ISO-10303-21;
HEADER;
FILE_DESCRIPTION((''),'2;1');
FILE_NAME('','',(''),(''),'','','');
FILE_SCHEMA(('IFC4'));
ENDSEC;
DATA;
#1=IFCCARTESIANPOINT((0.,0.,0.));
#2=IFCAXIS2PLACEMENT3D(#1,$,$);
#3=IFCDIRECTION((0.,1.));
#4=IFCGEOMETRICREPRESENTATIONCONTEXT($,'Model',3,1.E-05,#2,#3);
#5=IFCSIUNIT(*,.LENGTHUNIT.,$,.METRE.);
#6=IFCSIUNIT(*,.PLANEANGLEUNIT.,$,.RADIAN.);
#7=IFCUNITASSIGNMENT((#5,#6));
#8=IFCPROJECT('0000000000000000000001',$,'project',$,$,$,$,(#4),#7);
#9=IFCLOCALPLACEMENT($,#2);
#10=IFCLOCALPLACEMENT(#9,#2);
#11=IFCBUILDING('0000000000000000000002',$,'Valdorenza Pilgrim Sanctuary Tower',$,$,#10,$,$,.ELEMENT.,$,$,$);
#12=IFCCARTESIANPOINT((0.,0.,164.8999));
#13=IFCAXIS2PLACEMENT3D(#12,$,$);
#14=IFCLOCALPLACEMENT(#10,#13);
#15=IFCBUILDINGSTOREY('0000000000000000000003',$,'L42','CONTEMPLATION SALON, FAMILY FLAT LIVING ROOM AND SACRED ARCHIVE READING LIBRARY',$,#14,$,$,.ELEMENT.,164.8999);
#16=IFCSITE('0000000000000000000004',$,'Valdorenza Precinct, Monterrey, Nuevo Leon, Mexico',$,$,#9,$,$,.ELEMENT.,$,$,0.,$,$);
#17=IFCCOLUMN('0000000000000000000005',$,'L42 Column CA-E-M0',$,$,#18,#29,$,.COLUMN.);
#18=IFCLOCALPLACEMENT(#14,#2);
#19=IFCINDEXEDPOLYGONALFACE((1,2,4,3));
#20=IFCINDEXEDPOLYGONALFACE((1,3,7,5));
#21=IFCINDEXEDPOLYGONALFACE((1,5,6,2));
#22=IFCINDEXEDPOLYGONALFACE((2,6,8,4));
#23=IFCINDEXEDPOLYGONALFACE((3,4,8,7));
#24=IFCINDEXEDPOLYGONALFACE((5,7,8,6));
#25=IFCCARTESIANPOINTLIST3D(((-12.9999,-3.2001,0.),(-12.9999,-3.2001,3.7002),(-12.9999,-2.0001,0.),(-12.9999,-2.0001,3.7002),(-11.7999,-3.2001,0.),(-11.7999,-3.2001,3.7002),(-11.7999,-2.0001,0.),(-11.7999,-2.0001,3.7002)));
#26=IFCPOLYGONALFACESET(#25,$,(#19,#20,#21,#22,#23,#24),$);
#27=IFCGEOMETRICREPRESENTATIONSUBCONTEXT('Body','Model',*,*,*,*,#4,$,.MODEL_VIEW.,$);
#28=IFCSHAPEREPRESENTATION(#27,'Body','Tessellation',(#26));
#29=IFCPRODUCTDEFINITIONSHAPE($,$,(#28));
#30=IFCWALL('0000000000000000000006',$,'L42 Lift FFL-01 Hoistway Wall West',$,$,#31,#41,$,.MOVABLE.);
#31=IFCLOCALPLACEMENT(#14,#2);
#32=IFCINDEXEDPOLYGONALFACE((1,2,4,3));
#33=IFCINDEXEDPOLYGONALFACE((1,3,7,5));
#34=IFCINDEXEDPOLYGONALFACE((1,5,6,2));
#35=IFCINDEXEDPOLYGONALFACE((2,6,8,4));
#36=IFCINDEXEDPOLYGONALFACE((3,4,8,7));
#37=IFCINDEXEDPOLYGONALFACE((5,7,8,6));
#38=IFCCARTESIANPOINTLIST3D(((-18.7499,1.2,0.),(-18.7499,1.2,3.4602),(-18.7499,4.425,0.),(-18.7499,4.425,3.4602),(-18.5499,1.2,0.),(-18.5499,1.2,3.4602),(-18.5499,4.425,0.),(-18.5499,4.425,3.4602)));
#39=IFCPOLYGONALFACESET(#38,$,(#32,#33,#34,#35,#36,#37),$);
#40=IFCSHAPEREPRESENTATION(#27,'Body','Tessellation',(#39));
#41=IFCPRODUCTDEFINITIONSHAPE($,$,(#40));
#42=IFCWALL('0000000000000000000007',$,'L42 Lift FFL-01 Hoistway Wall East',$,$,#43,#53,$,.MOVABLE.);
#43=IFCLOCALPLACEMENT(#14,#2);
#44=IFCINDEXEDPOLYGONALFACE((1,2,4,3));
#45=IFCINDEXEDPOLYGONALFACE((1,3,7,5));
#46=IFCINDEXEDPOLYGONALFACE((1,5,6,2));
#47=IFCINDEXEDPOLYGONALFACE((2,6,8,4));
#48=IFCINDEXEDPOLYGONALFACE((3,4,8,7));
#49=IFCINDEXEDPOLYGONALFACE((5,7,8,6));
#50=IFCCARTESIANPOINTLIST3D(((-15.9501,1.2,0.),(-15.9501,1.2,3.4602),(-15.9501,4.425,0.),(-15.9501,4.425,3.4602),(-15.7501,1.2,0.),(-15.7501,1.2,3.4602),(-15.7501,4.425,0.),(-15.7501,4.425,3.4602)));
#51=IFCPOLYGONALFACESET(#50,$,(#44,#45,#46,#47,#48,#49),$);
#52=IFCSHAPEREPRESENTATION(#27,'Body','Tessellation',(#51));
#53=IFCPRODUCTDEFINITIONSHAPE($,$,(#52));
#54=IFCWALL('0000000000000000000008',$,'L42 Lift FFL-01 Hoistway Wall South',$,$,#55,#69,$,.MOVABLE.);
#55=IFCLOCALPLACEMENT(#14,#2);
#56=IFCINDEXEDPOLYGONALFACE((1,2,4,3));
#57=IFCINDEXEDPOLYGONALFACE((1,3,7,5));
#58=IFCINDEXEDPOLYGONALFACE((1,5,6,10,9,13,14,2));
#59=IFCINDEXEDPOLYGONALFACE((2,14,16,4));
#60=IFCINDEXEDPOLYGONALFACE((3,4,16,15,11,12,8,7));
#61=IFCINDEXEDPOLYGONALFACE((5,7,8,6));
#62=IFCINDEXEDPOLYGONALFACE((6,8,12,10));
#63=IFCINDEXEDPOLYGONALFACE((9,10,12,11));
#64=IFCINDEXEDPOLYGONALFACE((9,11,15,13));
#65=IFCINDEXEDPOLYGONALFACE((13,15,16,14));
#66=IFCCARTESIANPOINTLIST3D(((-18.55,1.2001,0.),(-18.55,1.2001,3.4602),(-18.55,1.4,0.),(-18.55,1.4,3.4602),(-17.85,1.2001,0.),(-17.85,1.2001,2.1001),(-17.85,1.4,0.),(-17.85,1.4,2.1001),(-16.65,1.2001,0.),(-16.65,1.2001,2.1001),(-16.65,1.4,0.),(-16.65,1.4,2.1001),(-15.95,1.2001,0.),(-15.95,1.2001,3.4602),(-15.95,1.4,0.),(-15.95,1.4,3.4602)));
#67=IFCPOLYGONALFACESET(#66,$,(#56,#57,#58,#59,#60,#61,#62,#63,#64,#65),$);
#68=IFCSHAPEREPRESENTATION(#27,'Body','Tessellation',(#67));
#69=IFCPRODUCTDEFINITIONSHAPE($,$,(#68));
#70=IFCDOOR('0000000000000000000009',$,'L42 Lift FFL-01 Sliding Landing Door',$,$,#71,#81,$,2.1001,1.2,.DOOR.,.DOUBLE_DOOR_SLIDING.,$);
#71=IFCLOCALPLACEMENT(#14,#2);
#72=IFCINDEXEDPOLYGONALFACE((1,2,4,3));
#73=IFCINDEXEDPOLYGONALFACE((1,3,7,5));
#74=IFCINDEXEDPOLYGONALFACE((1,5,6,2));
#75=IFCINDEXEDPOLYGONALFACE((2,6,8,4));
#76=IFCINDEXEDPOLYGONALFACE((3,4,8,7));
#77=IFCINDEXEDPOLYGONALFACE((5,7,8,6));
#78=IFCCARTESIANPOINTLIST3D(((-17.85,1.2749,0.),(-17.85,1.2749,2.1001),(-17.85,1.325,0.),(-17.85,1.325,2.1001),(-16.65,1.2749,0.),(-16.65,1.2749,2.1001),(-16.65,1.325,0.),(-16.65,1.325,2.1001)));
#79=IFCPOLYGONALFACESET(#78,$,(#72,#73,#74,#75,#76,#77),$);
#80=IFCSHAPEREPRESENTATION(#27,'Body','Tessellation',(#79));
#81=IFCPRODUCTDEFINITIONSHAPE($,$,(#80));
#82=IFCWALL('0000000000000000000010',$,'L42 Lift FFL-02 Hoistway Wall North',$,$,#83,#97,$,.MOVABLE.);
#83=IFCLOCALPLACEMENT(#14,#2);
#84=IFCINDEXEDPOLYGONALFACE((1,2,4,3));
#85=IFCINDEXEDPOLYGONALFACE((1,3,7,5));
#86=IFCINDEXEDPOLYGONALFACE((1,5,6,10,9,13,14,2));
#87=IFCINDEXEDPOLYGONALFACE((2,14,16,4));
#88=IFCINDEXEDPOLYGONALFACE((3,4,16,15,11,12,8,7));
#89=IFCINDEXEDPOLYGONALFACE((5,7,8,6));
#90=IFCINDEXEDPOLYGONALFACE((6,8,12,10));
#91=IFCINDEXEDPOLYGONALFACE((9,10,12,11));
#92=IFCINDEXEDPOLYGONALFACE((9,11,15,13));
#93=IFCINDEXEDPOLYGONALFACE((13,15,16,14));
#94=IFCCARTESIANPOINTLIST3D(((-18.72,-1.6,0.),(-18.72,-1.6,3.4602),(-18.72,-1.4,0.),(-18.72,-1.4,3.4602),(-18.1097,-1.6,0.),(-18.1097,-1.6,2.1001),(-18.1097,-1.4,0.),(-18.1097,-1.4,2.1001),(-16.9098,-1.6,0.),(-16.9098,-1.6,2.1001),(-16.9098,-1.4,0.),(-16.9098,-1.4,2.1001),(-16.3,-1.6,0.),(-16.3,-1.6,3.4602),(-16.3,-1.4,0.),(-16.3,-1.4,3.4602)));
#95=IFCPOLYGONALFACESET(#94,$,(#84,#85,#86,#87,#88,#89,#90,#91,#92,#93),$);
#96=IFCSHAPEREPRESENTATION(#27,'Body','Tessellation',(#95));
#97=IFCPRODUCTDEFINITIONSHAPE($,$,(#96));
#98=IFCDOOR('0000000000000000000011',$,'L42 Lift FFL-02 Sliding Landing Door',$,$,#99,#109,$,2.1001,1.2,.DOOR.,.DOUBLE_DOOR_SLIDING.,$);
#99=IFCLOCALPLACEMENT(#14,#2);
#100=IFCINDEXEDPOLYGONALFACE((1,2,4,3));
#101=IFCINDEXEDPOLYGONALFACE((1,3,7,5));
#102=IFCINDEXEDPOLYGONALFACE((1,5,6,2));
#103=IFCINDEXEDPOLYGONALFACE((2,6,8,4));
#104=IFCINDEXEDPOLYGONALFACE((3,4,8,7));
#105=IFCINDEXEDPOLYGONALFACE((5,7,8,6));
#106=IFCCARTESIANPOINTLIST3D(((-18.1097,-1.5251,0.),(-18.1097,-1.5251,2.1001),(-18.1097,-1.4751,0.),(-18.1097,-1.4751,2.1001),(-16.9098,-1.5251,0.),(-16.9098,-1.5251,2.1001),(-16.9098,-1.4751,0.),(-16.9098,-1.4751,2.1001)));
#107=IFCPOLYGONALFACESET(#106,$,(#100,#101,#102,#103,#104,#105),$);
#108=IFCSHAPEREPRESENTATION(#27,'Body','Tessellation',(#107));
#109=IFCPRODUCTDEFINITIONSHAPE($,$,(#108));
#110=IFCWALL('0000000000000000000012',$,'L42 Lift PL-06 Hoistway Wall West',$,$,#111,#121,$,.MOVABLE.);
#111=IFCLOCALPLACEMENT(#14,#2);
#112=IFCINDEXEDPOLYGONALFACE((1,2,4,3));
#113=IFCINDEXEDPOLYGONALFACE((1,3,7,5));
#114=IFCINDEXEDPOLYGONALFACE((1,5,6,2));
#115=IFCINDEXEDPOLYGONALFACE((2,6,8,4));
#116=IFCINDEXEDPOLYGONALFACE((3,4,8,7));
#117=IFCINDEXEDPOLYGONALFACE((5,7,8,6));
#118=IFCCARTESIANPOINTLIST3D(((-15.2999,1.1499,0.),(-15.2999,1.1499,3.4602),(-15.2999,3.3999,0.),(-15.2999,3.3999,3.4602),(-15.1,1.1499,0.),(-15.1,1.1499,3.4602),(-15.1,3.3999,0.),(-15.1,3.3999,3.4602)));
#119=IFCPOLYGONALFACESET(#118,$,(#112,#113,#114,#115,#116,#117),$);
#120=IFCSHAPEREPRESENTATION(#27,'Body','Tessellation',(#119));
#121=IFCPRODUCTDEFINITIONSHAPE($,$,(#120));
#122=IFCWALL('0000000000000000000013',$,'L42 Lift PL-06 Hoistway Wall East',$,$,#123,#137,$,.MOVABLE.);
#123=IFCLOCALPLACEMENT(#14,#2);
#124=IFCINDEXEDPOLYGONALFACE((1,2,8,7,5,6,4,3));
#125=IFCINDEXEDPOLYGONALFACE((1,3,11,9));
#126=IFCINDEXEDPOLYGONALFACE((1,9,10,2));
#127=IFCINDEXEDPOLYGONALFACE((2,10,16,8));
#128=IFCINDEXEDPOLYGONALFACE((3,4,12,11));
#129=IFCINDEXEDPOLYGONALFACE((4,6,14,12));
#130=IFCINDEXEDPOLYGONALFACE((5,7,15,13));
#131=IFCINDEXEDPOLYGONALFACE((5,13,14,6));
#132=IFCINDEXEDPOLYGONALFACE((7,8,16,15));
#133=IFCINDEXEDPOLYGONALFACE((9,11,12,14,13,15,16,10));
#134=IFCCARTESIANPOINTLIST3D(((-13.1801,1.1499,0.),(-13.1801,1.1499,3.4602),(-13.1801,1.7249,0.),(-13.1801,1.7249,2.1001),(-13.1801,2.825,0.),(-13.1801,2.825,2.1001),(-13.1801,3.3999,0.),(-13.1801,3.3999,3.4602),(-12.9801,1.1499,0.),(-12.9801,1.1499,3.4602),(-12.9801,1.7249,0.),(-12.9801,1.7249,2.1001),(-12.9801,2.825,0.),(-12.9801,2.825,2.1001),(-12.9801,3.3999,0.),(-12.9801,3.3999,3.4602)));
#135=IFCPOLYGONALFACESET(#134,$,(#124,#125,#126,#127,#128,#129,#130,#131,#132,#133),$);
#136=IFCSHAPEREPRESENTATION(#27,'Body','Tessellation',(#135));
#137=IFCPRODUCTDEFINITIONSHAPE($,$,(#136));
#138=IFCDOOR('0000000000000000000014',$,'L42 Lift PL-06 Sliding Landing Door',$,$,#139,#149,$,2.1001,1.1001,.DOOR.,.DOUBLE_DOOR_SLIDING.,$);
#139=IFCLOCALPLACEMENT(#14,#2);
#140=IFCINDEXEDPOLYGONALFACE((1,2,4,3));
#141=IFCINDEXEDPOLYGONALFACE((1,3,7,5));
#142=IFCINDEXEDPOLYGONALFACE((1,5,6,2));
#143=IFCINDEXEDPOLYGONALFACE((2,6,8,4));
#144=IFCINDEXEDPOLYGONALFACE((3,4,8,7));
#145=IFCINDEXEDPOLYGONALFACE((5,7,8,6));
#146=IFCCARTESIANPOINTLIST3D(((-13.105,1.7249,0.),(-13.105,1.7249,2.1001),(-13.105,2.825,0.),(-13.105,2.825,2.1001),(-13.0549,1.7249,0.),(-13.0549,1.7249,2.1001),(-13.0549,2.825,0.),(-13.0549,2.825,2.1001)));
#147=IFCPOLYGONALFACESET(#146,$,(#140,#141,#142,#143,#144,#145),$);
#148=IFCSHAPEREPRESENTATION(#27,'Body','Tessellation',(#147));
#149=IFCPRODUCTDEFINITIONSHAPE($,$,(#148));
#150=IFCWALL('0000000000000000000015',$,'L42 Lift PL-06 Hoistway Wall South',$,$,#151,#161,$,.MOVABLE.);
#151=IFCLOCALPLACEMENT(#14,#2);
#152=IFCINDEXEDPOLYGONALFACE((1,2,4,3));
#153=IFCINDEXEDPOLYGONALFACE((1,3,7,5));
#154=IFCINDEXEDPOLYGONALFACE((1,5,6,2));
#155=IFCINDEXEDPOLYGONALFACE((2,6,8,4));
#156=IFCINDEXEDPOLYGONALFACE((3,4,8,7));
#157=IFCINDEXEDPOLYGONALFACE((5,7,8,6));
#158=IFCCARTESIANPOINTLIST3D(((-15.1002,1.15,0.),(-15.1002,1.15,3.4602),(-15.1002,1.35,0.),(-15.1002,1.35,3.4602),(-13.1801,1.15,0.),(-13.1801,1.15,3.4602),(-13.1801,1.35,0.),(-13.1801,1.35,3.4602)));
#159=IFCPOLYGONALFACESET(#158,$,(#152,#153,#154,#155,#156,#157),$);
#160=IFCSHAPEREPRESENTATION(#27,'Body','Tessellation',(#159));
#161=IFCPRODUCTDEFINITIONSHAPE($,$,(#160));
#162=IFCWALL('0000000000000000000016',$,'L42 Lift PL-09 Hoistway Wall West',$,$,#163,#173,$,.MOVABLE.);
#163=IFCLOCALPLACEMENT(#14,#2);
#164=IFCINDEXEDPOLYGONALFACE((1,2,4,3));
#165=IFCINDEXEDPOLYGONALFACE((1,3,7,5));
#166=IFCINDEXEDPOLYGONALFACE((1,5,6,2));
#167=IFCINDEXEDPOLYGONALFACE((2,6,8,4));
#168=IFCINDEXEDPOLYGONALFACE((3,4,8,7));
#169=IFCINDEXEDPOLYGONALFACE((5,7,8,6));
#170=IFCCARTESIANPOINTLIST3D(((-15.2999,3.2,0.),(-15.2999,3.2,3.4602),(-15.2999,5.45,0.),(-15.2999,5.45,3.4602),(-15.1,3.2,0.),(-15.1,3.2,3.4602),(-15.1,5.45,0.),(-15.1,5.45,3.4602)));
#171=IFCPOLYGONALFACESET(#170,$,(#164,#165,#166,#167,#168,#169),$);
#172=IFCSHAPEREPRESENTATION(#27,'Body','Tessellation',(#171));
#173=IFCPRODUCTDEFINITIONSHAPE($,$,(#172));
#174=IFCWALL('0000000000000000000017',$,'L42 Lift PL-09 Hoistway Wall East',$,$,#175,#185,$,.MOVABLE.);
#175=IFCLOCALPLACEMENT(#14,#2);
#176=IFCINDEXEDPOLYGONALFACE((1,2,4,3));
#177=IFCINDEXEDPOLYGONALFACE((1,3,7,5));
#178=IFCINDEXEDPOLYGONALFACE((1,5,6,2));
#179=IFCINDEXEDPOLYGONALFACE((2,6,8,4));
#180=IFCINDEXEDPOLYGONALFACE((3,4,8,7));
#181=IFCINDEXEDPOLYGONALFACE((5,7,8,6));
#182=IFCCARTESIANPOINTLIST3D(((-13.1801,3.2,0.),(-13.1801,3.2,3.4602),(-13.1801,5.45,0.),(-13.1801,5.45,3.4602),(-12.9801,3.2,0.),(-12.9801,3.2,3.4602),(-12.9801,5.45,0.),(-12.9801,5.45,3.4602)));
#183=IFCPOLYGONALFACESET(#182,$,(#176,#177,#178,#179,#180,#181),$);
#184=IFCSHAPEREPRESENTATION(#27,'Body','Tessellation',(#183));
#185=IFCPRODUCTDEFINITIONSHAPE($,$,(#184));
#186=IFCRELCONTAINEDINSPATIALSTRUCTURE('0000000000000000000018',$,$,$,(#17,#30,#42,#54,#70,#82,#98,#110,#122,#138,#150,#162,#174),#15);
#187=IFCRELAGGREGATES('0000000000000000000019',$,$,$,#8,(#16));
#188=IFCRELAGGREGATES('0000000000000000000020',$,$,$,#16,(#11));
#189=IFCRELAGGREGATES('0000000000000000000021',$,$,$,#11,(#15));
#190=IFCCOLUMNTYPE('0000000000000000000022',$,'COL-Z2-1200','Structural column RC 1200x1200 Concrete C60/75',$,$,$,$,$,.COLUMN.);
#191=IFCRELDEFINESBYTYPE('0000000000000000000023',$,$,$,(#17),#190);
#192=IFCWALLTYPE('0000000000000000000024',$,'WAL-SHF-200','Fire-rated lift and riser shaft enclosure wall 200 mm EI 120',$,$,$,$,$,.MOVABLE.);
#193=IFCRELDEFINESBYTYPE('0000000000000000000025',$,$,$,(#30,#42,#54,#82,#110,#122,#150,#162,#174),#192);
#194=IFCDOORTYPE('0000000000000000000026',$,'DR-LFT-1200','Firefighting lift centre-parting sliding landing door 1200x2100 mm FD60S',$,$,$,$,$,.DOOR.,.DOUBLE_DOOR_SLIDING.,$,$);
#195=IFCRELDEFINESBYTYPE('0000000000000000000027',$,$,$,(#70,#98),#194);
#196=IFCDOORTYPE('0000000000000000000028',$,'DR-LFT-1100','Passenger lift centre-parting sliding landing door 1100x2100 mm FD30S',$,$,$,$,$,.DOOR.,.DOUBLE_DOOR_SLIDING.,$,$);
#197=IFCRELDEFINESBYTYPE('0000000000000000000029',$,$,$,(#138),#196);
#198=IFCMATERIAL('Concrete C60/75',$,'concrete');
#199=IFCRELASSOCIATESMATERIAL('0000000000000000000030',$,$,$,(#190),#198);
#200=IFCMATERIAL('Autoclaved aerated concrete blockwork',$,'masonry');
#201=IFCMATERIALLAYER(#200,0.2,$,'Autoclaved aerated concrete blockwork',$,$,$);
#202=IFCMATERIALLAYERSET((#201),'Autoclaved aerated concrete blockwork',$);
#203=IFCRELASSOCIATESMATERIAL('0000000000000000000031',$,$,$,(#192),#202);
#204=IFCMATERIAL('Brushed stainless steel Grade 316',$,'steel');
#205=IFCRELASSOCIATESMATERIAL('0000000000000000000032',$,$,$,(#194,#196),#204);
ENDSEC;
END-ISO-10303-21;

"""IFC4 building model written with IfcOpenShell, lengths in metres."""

from ifc_helpers import new_model, si_unit, direction, frame, frame_2d, origin, origin_2d, place, context, subcontext, project, spatial, rectangle, extrude, source, transform, mapped, material, layer, layer_set, material_profile, profile_set, type_object, element, fill, save


model = new_model("IFC4")

# Units and contexts
model_context = context("Model", 3, precision=1e-05, world=origin(), true_north=direction((0.0, 1.0)))
body_context = subcontext(model_context, "Body", "Model", "MODEL_VIEW")
ifc_project = project(units=[si_unit("LENGTHUNIT", "METRE"), si_unit("PLANEANGLEUNIT", "RADIAN")], contexts=[model_context])

# Site, building, storey
site_placement = place(None, origin())
site = spatial("IfcSite", under=ifc_project, at=site_placement, Name="Valdorenza Precinct, Monterrey, Nuevo Leon, Mexico", CompositionType="ELEMENT", RefElevation=0.0)
building_placement = place(site_placement, origin())
building = spatial("IfcBuilding", under=site, at=building_placement, Name="Valdorenza Pilgrim Sanctuary Tower", CompositionType="ELEMENT")
storey_placement = place(building_placement, frame((0.0, 0.0, 164.8999)))
storey = spatial("IfcBuildingStorey", under=building, at=storey_placement, Name="L42", Description="CONTEMPLATION SALON, FAMILY FLAT LIVING ROOM AND SACRED ARCHIVE READING LIBRARY", CompositionType="ELEMENT", Elevation=164.8999)

# Column
ifc_material_1 = material(Name="Concrete C60/75", Category="concrete")
ifc_material_profile = material_profile(ifc_material_1, rectangle(XDim=1.2, YDim=1.2, at=origin_2d()), Name="RC 1200x1200")
ifc_profile_set = profile_set([ifc_material_profile], Name="Concrete C60/75")
column_type = type_object("IfcColumnType", Name="COL-Z2-1200", Description="Structural column RC 1200x1200 Concrete C60/75", PredefinedType="COLUMN", material=ifc_profile_set)
shared_shape = source(origin(), body_context, "Body", "SweptSolid", [
    extrude(rectangle(XDim=1.2, YDim=1.2, at=origin_2d()), origin(), (0.0, 0.0, 1.0), 3.7002),
])
column_placement = place(storey_placement, frame((-12.3999, -2.6001, 0.0), z_axis=(0.0, 0.0, 1.0), x_axis=(1.0, 0.0, 0.0)))
element("IfcColumn", 1, at=column_placement, inside=storey, type_object=column_type, Name="L42 Column CA-E-M0", PredefinedType="COLUMN", context=body_context, shape_type="MappedRepresentation", body=[
    mapped(shared_shape, transform((0.0, 0.0, 0.0), x_axis=(1.0, 0.0, 0.0), y_axis=(0.0, 1.0, 0.0), z_axis=(0.0, 0.0, 1.0), scale=1.0)),
])

# Walls
ifc_material_2 = material(Name="Autoclaved aerated concrete blockwork", Category="masonry")
ifc_layer_1 = layer(ifc_material_2, 0.2, Name="Autoclaved aerated concrete blockwork")
ifc_layer_set_1 = layer_set([ifc_layer_1], Name="Autoclaved aerated concrete blockwork")
wall_type_1 = type_object("IfcWallType", Name="WAL-SHF-200", Description="Fire-rated lift and riser shaft enclosure wall 200 mm EI 120", PredefinedType="MOVABLE", material=ifc_layer_set_1)
for number, where, z_axis, x_axis, name in (
    (2, (-18.6499, 1.2, 0.0), (0.0, 0.0, 1.0), (0.0, 1.0, 0.0), "L42 Lift FFL-01 Hoistway Wall West"),
    (3, (-15.8501, 1.2, 0.0), (0.0, 0.0, 1.0), (0.0, 1.0, 0.0), "L42 Lift FFL-01 Hoistway Wall East"),
):
    element("IfcWall", number, at=place(storey_placement, frame(where, z_axis=z_axis, x_axis=x_axis)), inside=storey, type_object=wall_type_1, Name=name, PredefinedType="MOVABLE", context=body_context, shape_type="SweptSolid", body=[
        extrude(rectangle(XDim=3.2251, YDim=0.2, at=frame_2d((1.6125, 0.0))), origin(), (0.0, 0.0, 1.0), 3.4602),
    ])

# Walls, openings, doors
wall_1_placement = place(storey_placement, frame((-18.55, 1.3, 0.0), z_axis=(0.0, 0.0, 1.0), x_axis=(1.0, 0.0, 0.0)))
wall_1 = element("IfcWall", 4, at=wall_1_placement, inside=storey, type_object=wall_type_1, Name="L42 Lift FFL-01 Hoistway Wall South", PredefinedType="MOVABLE", context=body_context, shape_type="SweptSolid", body=[
    extrude(rectangle(XDim=2.6001, YDim=0.2, at=frame_2d((1.3, 0.0))), origin(), (0.0, 0.0, 1.0), 3.4602),
])
opening_1_placement = place(wall_1_placement, frame((0.7, 0.0, 0.0)))
opening_1 = element("IfcOpeningElement", 5, at=opening_1_placement, cuts=wall_1, PredefinedType="OPENING", context=body_context, shape_type="SweptSolid", body=[
    extrude(rectangle(XDim=1.2, YDim=2.1001, at=frame_2d((0.6001, 1.05))), frame((0.0, 0.1147, 0.0), z_axis=(0.0, -1.0, 0.0), x_axis=(1.0, 0.0, 0.0)), (0.0, 0.0, 1.0), 0.2297),
])
ifc_material_3 = material(Name="Brushed stainless steel Grade 316", Category="steel")
door_type_1 = type_object("IfcDoorType", Name="DR-LFT-1200", Description="Firefighting lift centre-parting sliding landing door 1200x2100 mm FD60S", OperationType="DOUBLE_DOOR_SLIDING", PredefinedType="DOOR", material=ifc_material_3)
door_1_placement = place(opening_1_placement, origin())
door_1 = element("IfcDoor", 6, at=door_1_placement, inside=storey, type_object=door_type_1, Name="L42 Lift FFL-01 Sliding Landing Door", OperationType="DOUBLE_DOOR_SLIDING", OverallHeight=2.1001, OverallWidth=1.2, PredefinedType="DOOR", context=body_context, shape_type="SweptSolid", body=[
    extrude(rectangle(XDim=1.2, YDim=2.1001, at=frame_2d((0.6001, 1.05))), frame((0.0, 0.0249, 0.0), z_axis=(0.0, -1.0, 0.0), x_axis=(1.0, 0.0, 0.0)), (0.0, 0.0, 1.0), 0.05),
])
fill(opening_1, door_1)
wall_2_placement = place(storey_placement, frame((-18.72, -1.5, 0.0), z_axis=(0.0, 0.0, 1.0), x_axis=(1.0, 0.0, 0.0)))
wall_2 = element("IfcWall", 7, at=wall_2_placement, inside=storey, type_object=wall_type_1, Name="L42 Lift FFL-02 Hoistway Wall North", PredefinedType="MOVABLE", context=body_context, shape_type="SweptSolid", body=[
    extrude(rectangle(XDim=2.4199, YDim=0.2, at=frame_2d((1.21, 0.0))), origin(), (0.0, 0.0, 1.0), 3.4602),
])
opening_2_placement = place(wall_2_placement, frame((0.6101, 0.0, 0.0)))
opening_2 = element("IfcOpeningElement", 8, at=opening_2_placement, cuts=wall_2, PredefinedType="OPENING", context=body_context, shape_type="SweptSolid", body=[
    extrude(rectangle(XDim=1.2, YDim=2.1001, at=frame_2d((0.6001, 1.05))), frame((0.0, 0.1147, 0.0), z_axis=(0.0, -1.0, 0.0), x_axis=(1.0, 0.0, 0.0)), (0.0, 0.0, 1.0), 0.2297),
])
door_2_placement = place(opening_2_placement, origin())
door_2 = element("IfcDoor", 9, at=door_2_placement, inside=storey, type_object=door_type_1, Name="L42 Lift FFL-02 Sliding Landing Door", OperationType="DOUBLE_DOOR_SLIDING", OverallHeight=2.1001, OverallWidth=1.2, PredefinedType="DOOR", context=body_context, shape_type="SweptSolid", body=[
    extrude(rectangle(XDim=1.2, YDim=2.1001, at=frame_2d((0.6001, 1.05))), frame((0.0, 0.0249, 0.0), z_axis=(0.0, -1.0, 0.0), x_axis=(1.0, 0.0, 0.0)), (0.0, 0.0, 1.0), 0.05),
])
fill(opening_2, door_2)

# Wall
wall_3_placement = place(storey_placement, frame((-15.2, 1.1499, 0.0), z_axis=(0.0, 0.0, 1.0), x_axis=(0.0, 1.0, 0.0)))
element("IfcWall", 10, at=wall_3_placement, inside=storey, type_object=wall_type_1, Name="L42 Lift PL-06 Hoistway Wall West", PredefinedType="MOVABLE", context=body_context, shape_type="SweptSolid", body=[
    extrude(rectangle(XDim=2.25, YDim=0.2, at=frame_2d((1.125, 0.0))), origin(), (0.0, 0.0, 1.0), 3.4602),
])

# Wall, opening, door
wall_4_placement = place(storey_placement, frame((-13.0801, 1.1499, 0.0), z_axis=(0.0, 0.0, 1.0), x_axis=(0.0, 1.0, 0.0)))
wall_4 = element("IfcWall", 11, at=wall_4_placement, inside=storey, type_object=wall_type_1, Name="L42 Lift PL-06 Hoistway Wall East", PredefinedType="MOVABLE", context=body_context, shape_type="SweptSolid", body=[
    extrude(rectangle(XDim=2.25, YDim=0.2, at=frame_2d((1.125, 0.0))), origin(), (0.0, 0.0, 1.0), 3.4602),
])
opening_3_placement = place(wall_4_placement, frame((0.575, 0.0, 0.0)))
opening_3 = element("IfcOpeningElement", 12, at=opening_3_placement, cuts=wall_4, PredefinedType="OPENING", context=body_context, shape_type="SweptSolid", body=[
    extrude(rectangle(XDim=1.1001, YDim=2.1001, at=frame_2d((0.55, 1.05))), frame((0.0, 0.1147, 0.0), z_axis=(0.0, -1.0, 0.0), x_axis=(1.0, 0.0, 0.0)), (0.0, 0.0, 1.0), 0.2297),
])
door_type_2 = type_object("IfcDoorType", Name="DR-LFT-1100", Description="Passenger lift centre-parting sliding landing door 1100x2100 mm FD30S", OperationType="DOUBLE_DOOR_SLIDING", PredefinedType="DOOR", material=ifc_material_3)
door_3_placement = place(opening_3_placement, origin())
door_3 = element("IfcDoor", 13, at=door_3_placement, inside=storey, type_object=door_type_2, Name="L42 Lift PL-06 Sliding Landing Door", OperationType="DOUBLE_DOOR_SLIDING", OverallHeight=2.1001, OverallWidth=1.1001, PredefinedType="DOOR", context=body_context, shape_type="SweptSolid", body=[
    extrude(rectangle(XDim=1.1001, YDim=2.1001, at=frame_2d((0.55, 1.05))), frame((0.0, 0.0249, 0.0), z_axis=(0.0, -1.0, 0.0), x_axis=(1.0, 0.0, 0.0)), (0.0, 0.0, 1.0), 0.05),
])
fill(opening_3, door_3)

# Walls
wall_5_placement = place(storey_placement, frame((-15.1001, 1.25, 0.0), z_axis=(0.0, 0.0, 1.0), x_axis=(1.0, 0.0, 0.0)))
element("IfcWall", 14, at=wall_5_placement, inside=storey, type_object=wall_type_1, Name="L42 Lift PL-06 Hoistway Wall South", PredefinedType="MOVABLE", context=body_context, shape_type="SweptSolid", body=[
    extrude(rectangle(XDim=1.9202, YDim=0.2, at=frame_2d((0.96, 0.0))), origin(), (0.0, 0.0, 1.0), 3.4602),
])
for number, where, z_axis, x_axis, name in (
    (15, (-15.2, 3.2, 0.0), (0.0, 0.0, 1.0), (0.0, 1.0, 0.0), "L42 Lift PL-09 Hoistway Wall West"),
    (16, (-13.0801, 3.2, 0.0), (0.0, 0.0, 1.0), (0.0, 1.0, 0.0), "L42 Lift PL-09 Hoistway Wall East"),
):
    element("IfcWall", number, at=place(storey_placement, frame(where, z_axis=z_axis, x_axis=x_axis)), inside=storey, type_object=wall_type_1, Name=name, PredefinedType="MOVABLE", context=body_context, shape_type="SweptSolid", body=[
        extrude(rectangle(XDim=2.25, YDim=0.2, at=frame_2d((1.125, 0.0))), origin(), (0.0, 0.0, 1.0), 3.4602),
    ])

save(model, "model.ifc")
